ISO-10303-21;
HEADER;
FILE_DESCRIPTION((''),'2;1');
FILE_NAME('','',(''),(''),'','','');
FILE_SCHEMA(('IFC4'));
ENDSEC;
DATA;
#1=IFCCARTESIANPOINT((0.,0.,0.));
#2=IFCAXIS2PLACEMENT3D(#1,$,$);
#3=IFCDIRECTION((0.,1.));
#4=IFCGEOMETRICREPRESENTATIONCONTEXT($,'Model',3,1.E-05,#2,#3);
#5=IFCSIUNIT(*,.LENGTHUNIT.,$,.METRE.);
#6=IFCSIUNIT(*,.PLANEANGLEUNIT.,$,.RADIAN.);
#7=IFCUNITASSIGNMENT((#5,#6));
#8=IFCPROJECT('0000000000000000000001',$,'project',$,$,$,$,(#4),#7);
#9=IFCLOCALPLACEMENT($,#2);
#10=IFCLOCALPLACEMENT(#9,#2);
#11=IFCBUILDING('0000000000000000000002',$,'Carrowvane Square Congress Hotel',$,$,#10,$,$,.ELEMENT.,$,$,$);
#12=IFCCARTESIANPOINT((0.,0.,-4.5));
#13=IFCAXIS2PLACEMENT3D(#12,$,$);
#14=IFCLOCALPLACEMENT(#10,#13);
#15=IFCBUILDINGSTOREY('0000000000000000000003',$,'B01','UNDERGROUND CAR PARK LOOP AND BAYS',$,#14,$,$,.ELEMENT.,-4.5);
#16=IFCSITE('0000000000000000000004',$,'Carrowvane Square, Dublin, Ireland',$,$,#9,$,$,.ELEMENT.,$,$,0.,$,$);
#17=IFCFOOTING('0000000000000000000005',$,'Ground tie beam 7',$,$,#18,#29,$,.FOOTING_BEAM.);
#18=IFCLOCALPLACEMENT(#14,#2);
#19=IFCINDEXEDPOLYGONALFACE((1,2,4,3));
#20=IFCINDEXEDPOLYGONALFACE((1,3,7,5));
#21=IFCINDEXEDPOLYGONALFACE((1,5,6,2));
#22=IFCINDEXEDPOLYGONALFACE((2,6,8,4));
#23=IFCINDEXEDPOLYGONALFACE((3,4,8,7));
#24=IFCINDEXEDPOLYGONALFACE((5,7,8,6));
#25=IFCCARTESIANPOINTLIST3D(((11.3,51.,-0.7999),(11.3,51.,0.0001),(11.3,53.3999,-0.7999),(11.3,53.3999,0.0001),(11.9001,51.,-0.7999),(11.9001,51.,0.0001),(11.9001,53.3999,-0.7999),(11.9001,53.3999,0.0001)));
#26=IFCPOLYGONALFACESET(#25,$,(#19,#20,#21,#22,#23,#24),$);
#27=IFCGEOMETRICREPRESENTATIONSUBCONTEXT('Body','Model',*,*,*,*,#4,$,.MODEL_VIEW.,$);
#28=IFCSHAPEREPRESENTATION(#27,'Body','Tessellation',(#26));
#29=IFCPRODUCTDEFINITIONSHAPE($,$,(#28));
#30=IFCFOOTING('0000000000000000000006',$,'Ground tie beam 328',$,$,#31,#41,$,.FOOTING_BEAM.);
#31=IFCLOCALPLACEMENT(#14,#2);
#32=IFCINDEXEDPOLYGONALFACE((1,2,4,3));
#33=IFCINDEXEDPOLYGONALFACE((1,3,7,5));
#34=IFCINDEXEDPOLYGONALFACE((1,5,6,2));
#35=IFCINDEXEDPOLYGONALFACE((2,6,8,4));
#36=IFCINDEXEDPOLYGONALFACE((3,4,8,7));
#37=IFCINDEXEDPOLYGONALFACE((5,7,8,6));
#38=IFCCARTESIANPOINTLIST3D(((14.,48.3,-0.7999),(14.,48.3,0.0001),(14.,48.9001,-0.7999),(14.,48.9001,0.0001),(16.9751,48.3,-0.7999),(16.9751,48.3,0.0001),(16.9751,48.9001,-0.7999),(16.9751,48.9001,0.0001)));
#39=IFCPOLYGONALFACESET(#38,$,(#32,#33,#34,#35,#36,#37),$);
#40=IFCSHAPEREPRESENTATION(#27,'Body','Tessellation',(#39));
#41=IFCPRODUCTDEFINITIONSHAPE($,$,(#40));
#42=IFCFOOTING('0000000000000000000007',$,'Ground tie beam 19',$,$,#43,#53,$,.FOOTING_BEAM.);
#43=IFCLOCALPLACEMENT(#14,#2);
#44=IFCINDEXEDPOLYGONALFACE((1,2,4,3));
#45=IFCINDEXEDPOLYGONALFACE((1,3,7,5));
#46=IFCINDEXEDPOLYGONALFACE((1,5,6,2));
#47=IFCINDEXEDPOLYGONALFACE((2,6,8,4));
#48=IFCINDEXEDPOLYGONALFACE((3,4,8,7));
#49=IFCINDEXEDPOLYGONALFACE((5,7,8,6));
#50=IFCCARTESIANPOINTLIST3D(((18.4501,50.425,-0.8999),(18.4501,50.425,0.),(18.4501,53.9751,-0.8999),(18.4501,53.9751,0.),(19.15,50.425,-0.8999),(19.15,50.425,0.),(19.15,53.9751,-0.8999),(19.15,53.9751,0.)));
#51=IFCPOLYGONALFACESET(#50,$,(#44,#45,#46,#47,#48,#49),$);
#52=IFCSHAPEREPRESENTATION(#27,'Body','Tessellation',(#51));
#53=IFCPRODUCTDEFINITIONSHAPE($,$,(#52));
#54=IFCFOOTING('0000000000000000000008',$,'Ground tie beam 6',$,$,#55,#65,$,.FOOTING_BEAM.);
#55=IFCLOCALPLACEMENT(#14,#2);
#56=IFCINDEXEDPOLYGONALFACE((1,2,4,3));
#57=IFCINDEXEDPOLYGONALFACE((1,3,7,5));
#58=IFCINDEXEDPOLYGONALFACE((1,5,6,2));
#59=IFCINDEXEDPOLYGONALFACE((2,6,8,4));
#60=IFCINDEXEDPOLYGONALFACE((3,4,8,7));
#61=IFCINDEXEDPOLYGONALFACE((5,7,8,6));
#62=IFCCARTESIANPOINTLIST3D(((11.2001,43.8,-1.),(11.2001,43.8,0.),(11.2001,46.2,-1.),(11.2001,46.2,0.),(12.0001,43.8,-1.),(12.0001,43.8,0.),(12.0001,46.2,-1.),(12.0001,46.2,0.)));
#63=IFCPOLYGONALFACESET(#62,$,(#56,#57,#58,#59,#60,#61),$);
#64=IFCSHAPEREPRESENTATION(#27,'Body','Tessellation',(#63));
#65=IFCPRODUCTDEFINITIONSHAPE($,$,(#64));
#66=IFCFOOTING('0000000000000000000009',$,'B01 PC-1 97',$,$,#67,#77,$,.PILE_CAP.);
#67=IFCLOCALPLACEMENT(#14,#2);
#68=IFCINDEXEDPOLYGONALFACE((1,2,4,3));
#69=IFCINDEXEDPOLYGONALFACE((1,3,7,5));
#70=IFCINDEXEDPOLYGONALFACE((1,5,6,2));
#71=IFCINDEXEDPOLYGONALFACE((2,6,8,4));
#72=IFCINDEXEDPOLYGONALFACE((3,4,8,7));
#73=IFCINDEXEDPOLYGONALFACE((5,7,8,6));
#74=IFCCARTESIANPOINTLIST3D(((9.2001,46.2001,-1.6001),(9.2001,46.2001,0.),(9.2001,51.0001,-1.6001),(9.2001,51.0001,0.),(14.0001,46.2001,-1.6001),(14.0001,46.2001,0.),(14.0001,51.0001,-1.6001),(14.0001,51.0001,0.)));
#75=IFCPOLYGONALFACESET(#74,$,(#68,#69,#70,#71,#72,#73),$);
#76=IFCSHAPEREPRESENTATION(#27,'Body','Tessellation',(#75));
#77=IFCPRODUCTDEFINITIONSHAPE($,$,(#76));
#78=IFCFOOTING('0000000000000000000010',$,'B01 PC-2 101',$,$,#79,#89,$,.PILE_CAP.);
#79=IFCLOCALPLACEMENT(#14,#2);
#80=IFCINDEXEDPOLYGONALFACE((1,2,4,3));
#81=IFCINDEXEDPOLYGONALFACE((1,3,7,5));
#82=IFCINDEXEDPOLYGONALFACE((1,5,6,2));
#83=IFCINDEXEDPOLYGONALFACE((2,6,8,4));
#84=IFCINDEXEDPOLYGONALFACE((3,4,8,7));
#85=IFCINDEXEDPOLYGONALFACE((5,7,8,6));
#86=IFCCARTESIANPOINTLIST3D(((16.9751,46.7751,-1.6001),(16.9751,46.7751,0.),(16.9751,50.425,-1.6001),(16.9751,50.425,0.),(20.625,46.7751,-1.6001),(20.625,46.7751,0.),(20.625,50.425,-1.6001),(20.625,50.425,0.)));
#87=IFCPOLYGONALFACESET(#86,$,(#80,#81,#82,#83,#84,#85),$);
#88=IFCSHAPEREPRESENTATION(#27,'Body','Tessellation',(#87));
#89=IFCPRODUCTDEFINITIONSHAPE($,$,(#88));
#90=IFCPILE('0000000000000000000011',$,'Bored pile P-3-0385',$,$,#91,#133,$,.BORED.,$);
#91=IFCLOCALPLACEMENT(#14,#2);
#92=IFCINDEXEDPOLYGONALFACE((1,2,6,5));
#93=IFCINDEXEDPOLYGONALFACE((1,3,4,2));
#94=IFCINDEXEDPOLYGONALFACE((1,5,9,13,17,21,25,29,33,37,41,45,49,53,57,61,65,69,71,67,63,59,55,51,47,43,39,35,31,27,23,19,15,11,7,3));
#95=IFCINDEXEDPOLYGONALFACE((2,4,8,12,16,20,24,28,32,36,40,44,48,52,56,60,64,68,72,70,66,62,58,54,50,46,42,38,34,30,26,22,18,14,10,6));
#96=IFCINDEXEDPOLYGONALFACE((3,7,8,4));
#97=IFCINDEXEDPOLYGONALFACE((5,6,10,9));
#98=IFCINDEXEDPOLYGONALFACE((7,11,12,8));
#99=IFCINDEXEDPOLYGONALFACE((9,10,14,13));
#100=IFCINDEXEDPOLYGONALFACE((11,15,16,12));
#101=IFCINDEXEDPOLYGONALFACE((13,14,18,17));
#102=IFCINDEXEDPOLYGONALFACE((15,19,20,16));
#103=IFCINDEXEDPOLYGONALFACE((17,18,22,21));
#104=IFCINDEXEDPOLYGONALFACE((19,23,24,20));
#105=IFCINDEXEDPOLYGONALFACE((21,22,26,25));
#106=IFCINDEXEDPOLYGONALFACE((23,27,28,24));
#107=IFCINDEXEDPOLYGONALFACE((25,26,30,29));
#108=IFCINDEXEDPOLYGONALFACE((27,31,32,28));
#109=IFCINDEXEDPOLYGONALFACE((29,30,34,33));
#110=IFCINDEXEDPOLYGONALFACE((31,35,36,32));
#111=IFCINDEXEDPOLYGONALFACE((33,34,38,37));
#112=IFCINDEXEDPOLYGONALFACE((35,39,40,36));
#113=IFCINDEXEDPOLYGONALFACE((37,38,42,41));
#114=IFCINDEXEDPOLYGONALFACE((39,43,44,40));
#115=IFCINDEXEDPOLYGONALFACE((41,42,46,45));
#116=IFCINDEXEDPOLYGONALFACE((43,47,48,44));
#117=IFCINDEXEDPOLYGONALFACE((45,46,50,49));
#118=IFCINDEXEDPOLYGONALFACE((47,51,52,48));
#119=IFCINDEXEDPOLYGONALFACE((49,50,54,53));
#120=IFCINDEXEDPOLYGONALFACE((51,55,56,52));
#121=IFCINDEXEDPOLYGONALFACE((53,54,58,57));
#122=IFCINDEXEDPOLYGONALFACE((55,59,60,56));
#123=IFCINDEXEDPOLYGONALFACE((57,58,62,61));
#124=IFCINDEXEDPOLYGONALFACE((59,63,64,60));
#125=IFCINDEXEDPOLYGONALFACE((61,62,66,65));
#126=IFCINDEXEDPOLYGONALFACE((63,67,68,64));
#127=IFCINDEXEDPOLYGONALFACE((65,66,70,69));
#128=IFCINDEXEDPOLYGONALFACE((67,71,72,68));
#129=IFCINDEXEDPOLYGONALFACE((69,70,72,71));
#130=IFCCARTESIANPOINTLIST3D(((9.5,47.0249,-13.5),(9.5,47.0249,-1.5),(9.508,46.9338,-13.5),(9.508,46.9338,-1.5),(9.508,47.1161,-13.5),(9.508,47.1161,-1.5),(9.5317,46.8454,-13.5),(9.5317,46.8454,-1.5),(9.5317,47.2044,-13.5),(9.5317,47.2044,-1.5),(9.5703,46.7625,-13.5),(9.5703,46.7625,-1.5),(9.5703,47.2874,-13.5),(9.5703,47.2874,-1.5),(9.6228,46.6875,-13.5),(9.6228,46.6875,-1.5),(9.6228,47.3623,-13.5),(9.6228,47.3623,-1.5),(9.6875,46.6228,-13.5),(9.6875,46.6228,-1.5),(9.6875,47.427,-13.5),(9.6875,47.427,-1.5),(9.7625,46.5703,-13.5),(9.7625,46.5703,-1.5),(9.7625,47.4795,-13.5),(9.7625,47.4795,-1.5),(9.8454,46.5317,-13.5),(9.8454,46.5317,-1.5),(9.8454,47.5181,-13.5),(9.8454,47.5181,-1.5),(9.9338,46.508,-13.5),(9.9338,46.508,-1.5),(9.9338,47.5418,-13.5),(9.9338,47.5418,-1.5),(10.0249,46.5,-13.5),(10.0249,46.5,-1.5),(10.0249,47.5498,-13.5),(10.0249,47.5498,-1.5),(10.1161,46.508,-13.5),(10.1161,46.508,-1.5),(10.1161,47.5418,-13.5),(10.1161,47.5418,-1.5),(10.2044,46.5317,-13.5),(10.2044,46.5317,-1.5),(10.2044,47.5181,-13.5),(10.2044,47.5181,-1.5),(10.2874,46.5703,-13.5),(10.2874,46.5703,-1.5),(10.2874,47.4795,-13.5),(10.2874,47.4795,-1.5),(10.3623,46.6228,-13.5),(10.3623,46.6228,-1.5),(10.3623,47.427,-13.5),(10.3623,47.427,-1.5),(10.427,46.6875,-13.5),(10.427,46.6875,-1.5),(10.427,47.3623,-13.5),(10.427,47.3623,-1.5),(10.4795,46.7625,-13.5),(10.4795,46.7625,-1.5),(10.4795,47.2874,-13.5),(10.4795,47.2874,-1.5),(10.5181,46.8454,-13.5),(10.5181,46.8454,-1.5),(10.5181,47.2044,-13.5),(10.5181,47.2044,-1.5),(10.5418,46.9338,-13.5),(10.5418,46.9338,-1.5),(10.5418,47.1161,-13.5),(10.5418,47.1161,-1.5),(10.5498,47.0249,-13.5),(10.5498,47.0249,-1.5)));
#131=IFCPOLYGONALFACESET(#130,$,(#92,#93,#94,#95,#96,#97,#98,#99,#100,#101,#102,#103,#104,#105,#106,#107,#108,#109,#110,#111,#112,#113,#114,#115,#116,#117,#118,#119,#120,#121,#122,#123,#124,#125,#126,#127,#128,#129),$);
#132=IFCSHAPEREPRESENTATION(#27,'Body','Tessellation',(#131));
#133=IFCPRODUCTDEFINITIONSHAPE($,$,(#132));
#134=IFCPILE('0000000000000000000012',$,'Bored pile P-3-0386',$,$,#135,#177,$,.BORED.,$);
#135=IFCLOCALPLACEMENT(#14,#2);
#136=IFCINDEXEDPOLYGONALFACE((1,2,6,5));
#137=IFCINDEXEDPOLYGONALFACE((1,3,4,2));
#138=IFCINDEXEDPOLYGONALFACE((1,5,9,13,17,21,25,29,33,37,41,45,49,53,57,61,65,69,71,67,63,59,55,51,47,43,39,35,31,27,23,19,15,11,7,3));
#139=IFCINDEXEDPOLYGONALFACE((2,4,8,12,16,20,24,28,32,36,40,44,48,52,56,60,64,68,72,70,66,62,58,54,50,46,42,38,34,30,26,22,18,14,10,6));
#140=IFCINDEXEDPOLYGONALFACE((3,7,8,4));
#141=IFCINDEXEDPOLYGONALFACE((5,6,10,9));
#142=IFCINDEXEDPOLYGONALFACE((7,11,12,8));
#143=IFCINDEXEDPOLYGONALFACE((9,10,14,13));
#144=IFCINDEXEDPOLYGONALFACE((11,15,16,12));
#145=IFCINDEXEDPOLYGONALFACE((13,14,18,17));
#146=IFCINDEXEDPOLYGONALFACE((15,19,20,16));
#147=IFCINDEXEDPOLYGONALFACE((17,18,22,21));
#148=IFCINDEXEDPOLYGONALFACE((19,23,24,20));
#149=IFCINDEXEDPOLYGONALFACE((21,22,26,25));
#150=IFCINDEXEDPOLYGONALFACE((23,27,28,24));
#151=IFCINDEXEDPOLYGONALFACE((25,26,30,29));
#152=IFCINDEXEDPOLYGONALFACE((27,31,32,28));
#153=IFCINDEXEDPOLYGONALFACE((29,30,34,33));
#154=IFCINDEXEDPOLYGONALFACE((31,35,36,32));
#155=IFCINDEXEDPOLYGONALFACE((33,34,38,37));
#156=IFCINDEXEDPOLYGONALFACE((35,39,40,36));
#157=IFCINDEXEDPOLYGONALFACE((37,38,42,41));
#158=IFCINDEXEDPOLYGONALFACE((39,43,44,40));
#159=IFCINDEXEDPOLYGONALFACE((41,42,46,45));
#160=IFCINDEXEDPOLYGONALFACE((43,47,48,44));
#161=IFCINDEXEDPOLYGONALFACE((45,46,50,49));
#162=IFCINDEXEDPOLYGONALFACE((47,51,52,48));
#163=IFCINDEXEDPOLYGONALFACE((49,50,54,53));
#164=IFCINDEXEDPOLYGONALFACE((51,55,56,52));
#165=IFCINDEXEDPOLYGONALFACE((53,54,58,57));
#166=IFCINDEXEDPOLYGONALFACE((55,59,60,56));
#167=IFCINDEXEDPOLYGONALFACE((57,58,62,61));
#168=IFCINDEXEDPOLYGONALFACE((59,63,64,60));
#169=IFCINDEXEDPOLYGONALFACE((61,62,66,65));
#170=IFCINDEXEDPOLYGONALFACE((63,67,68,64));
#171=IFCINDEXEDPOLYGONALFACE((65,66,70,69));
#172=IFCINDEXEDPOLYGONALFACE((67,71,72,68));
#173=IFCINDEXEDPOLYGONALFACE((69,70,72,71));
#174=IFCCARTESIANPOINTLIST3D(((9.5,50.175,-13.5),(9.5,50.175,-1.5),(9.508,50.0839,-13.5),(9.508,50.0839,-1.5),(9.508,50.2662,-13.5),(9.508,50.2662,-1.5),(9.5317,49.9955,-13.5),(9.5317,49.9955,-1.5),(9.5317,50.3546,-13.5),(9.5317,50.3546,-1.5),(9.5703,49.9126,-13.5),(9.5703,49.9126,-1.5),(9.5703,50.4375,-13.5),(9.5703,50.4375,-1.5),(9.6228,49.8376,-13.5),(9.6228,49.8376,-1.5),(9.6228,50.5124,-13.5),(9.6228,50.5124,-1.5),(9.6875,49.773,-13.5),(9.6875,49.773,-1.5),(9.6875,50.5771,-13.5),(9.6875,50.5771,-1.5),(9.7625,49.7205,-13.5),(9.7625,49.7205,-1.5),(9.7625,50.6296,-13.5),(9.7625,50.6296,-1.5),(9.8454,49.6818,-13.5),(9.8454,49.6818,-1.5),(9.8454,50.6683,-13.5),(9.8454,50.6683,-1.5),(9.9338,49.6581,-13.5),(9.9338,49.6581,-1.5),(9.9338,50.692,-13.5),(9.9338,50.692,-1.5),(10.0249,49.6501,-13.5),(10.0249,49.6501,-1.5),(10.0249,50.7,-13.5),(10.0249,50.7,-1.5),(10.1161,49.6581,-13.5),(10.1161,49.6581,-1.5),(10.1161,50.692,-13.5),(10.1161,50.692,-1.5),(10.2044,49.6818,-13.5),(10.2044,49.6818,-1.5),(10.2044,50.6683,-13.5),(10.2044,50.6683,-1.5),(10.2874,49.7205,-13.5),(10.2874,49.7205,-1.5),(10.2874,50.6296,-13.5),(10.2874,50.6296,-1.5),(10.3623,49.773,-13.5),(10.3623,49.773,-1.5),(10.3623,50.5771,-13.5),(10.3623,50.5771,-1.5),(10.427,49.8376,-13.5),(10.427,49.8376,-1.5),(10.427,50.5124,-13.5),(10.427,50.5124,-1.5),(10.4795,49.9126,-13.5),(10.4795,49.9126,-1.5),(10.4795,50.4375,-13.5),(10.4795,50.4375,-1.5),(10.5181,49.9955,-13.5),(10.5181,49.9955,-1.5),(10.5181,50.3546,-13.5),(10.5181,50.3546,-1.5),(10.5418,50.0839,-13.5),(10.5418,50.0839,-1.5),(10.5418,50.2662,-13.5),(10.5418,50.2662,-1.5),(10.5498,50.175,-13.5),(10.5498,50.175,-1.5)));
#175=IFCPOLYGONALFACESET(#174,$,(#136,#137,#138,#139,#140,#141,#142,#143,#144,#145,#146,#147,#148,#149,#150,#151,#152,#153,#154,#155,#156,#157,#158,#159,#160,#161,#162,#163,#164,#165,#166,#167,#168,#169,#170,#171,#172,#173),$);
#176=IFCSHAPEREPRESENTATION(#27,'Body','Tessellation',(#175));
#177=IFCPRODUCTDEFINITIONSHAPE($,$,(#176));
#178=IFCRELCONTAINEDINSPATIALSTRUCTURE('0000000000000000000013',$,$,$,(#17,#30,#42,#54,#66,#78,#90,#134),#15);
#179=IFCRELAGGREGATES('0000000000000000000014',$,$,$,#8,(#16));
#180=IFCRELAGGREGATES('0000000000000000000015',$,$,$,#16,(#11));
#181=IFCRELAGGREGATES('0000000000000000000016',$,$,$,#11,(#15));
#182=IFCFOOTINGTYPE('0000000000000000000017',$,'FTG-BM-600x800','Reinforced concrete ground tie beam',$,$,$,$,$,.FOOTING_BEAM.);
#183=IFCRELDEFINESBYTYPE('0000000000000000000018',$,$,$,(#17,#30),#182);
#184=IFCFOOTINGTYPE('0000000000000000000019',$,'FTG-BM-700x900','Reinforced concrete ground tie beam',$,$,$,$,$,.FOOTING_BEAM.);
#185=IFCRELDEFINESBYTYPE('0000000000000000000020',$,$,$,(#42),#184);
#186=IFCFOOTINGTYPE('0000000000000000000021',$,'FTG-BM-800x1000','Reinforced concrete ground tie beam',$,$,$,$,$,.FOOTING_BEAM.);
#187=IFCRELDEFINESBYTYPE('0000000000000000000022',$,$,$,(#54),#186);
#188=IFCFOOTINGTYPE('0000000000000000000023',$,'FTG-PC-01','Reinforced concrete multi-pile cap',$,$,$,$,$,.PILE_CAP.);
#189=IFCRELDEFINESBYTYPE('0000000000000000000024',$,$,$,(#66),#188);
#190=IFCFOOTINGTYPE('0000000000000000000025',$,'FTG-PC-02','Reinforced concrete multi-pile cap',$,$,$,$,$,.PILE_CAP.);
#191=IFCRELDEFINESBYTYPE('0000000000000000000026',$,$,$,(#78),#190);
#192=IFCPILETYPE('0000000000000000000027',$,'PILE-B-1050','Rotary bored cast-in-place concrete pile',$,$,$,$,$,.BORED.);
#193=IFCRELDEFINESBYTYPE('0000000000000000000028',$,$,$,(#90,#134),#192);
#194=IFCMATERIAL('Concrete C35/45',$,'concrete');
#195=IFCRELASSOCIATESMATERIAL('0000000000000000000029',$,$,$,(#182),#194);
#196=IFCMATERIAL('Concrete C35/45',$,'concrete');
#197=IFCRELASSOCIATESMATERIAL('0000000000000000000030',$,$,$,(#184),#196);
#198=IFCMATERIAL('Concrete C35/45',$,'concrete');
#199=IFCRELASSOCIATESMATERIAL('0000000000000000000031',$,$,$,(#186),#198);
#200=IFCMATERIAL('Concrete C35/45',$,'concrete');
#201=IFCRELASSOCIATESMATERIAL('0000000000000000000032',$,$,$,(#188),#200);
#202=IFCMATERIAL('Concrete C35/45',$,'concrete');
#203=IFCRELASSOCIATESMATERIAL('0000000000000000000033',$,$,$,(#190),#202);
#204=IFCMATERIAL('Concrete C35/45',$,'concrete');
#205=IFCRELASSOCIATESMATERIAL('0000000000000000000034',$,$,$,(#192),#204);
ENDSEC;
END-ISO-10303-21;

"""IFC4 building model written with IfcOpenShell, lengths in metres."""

from ifc_helpers import new_model, si_unit, direction, frame, origin, origin_2d, place, context, subcontext, project, spatial, rectangle, circle, extrude, material, material_profile, profile_set, type_object, element, save


model = new_model("IFC4")

# Units and contexts
model_context = context("Model", 3, precision=1e-05, world=origin(), true_north=direction((0.0, 1.0)))
body_context = subcontext(model_context, "Body", "Model", "MODEL_VIEW")
ifc_project = project(units=[si_unit("LENGTHUNIT", "METRE"), si_unit("PLANEANGLEUNIT", "RADIAN")], contexts=[model_context])

# Site, building, storey
site_placement = place(None, origin())
site = spatial("IfcSite", under=ifc_project, at=site_placement, Name="Carrowvane Square, Dublin, Ireland", CompositionType="ELEMENT", RefElevation=0.0)
building_placement = place(site_placement, origin())
building = spatial("IfcBuilding", under=site, at=building_placement, Name="Carrowvane Square Congress Hotel", CompositionType="ELEMENT")
storey_placement = place(building_placement, frame((0.0, 0.0, -4.5)))
storey = spatial("IfcBuildingStorey", under=building, at=storey_placement, Name="B01", Description="UNDERGROUND CAR PARK LOOP AND BAYS", CompositionType="ELEMENT", Elevation=-4.5)

# Footings
ifc_material_1 = material(Name="Concrete C35/45", Category="concrete")
ifc_material_profile_1 = material_profile(ifc_material_1, rectangle(XDim=0.6001, YDim=0.8, at=origin_2d()), Name="RC 600x800")
ifc_profile_set_1 = profile_set([ifc_material_profile_1], Name="Concrete C35/45")
footing_type_1 = type_object("IfcFootingType", Name="FTG-BM-600x800", Description="Reinforced concrete ground tie beam", PredefinedType="FOOTING_BEAM", material=ifc_profile_set_1)
footing_1_placement = place(storey_placement, frame((11.6001, 51.0, -0.3999), z_axis=(0.0, 1.0, 0.0), x_axis=(-1.0, 0.0, 0.0)))
element("IfcFooting", 1, at=footing_1_placement, inside=storey, type_object=footing_type_1, Name="Ground tie beam 7", PredefinedType="FOOTING_BEAM", context=body_context, shape_type="SweptSolid", body=[
    extrude(rectangle(XDim=0.6001, YDim=0.8, at=origin_2d()), origin(), (0.0, 0.0, 1.0), 2.3999),
])
footing_2_placement = place(storey_placement, frame((14.0, 48.6001, -0.3999), z_axis=(1.0, 0.0, 0.0), x_axis=(0.0, 1.0, 0.0)))
element("IfcFooting", 2, at=footing_2_placement, inside=storey, type_object=footing_type_1, Name="Ground tie beam 328", PredefinedType="FOOTING_BEAM", context=body_context, shape_type="SweptSolid", body=[
    extrude(rectangle(XDim=0.6001, YDim=0.8, at=origin_2d()), origin(), (0.0, 0.0, 1.0), 2.9751),
])
ifc_material_2 = material(Name="Concrete C35/45", Category="concrete")
ifc_material_profile_2 = material_profile(ifc_material_2, rectangle(XDim=0.7, YDim=0.8999, at=origin_2d()), Name="RC 700x900")
ifc_profile_set_2 = profile_set([ifc_material_profile_2], Name="Concrete C35/45")
footing_type_2 = type_object("IfcFootingType", Name="FTG-BM-700x900", Description="Reinforced concrete ground tie beam", PredefinedType="FOOTING_BEAM", material=ifc_profile_set_2)
footing_3_placement = place(storey_placement, frame((18.8, 50.425, -0.45), z_axis=(0.0, 1.0, 0.0), x_axis=(-1.0, 0.0, 0.0)))
element("IfcFooting", 3, at=footing_3_placement, inside=storey, type_object=footing_type_2, Name="Ground tie beam 19", PredefinedType="FOOTING_BEAM", context=body_context, shape_type="SweptSolid", body=[
    extrude(rectangle(XDim=0.7, YDim=0.8999, at=origin_2d()), origin(), (0.0, 0.0, 1.0), 3.55),
])
ifc_material_3 = material(Name="Concrete C35/45", Category="concrete")
ifc_material_profile_3 = material_profile(ifc_material_3, rectangle(XDim=0.8, YDim=1.0, at=origin_2d()), Name="RC 800x1000")
ifc_profile_set_3 = profile_set([ifc_material_profile_3], Name="Concrete C35/45")
footing_type_3 = type_object("IfcFootingType", Name="FTG-BM-800x1000", Description="Reinforced concrete ground tie beam", PredefinedType="FOOTING_BEAM", material=ifc_profile_set_3)
footing_4_placement = place(storey_placement, frame((11.6001, 43.8, -0.5), z_axis=(0.0, 1.0, 0.0), x_axis=(-1.0, 0.0, 0.0)))
element("IfcFooting", 4, at=footing_4_placement, inside=storey, type_object=footing_type_3, Name="Ground tie beam 6", PredefinedType="FOOTING_BEAM", context=body_context, shape_type="SweptSolid", body=[
    extrude(rectangle(XDim=0.8, YDim=1.0, at=origin_2d()), origin(), (0.0, 0.0, 1.0), 2.3999),
])
ifc_material_4 = material(Name="Concrete C35/45", Category="concrete")
footing_type_4 = type_object("IfcFootingType", Name="FTG-PC-01", Description="Reinforced concrete multi-pile cap", PredefinedType="PILE_CAP", material=ifc_material_4)
footing_5_placement = place(storey_placement, frame((11.6001, 48.6001, -1.6001), z_axis=(0.0, 0.0, 1.0), x_axis=(1.0, 0.0, 0.0)))
element("IfcFooting", 5, at=footing_5_placement, inside=storey, type_object=footing_type_4, Name="B01 PC-1 97", PredefinedType="PILE_CAP", context=body_context, shape_type="SweptSolid", body=[
    extrude(rectangle(XDim=4.8, YDim=4.8, at=origin_2d()), origin(), (0.0, 0.0, 1.0), 1.6001),
])
ifc_material_5 = material(Name="Concrete C35/45", Category="concrete")
footing_type_5 = type_object("IfcFootingType", Name="FTG-PC-02", Description="Reinforced concrete multi-pile cap", PredefinedType="PILE_CAP", material=ifc_material_5)
footing_6_placement = place(storey_placement, frame((18.8, 48.6001, -1.6001), z_axis=(0.0, 0.0, 1.0), x_axis=(1.0, 0.0, 0.0)))
element("IfcFooting", 6, at=footing_6_placement, inside=storey, type_object=footing_type_5, Name="B01 PC-2 101", PredefinedType="PILE_CAP", context=body_context, shape_type="SweptSolid", body=[
    extrude(rectangle(XDim=3.6499, YDim=3.6499, at=origin_2d()), origin(), (0.0, 0.0, 1.0), 1.6001),
])

# Piles
ifc_material_6 = material(Name="Concrete C35/45", Category="concrete")
ifc_material_profile_4 = material_profile(ifc_material_6, circle(Radius=0.5249, at=origin_2d()), Name="PILE D1050")
ifc_profile_set_4 = profile_set([ifc_material_profile_4], Name="Concrete C35/45")
pile_type_1 = type_object("IfcPileType", Name="PILE-B-1050", Description="Rotary bored cast-in-place concrete pile", PredefinedType="BORED", material=ifc_profile_set_4)
for number, where, z_axis, x_axis, name in (
    (7, (10.0249, 47.0249, -1.5), (0.0, 0.0, -1.0), (1.0, 0.0, 0.0), "Bored pile P-3-0385"),
    (8, (10.0249, 50.175, -1.5), (0.0, 0.0, -1.0), (1.0, 0.0, 0.0), "Bored pile P-3-0386"),
):
    element("IfcPile", number, at=place(storey_placement, frame(where, z_axis=z_axis, x_axis=x_axis)), inside=storey, type_object=pile_type_1, Name=name, PredefinedType="BORED", context=body_context, shape_type="SweptSolid", body=[
        extrude(circle(Radius=0.5249, at=origin_2d()), origin(), (0.0, 0.0, 1.0), 12.0),
    ])

save(model, "model.ifc")
